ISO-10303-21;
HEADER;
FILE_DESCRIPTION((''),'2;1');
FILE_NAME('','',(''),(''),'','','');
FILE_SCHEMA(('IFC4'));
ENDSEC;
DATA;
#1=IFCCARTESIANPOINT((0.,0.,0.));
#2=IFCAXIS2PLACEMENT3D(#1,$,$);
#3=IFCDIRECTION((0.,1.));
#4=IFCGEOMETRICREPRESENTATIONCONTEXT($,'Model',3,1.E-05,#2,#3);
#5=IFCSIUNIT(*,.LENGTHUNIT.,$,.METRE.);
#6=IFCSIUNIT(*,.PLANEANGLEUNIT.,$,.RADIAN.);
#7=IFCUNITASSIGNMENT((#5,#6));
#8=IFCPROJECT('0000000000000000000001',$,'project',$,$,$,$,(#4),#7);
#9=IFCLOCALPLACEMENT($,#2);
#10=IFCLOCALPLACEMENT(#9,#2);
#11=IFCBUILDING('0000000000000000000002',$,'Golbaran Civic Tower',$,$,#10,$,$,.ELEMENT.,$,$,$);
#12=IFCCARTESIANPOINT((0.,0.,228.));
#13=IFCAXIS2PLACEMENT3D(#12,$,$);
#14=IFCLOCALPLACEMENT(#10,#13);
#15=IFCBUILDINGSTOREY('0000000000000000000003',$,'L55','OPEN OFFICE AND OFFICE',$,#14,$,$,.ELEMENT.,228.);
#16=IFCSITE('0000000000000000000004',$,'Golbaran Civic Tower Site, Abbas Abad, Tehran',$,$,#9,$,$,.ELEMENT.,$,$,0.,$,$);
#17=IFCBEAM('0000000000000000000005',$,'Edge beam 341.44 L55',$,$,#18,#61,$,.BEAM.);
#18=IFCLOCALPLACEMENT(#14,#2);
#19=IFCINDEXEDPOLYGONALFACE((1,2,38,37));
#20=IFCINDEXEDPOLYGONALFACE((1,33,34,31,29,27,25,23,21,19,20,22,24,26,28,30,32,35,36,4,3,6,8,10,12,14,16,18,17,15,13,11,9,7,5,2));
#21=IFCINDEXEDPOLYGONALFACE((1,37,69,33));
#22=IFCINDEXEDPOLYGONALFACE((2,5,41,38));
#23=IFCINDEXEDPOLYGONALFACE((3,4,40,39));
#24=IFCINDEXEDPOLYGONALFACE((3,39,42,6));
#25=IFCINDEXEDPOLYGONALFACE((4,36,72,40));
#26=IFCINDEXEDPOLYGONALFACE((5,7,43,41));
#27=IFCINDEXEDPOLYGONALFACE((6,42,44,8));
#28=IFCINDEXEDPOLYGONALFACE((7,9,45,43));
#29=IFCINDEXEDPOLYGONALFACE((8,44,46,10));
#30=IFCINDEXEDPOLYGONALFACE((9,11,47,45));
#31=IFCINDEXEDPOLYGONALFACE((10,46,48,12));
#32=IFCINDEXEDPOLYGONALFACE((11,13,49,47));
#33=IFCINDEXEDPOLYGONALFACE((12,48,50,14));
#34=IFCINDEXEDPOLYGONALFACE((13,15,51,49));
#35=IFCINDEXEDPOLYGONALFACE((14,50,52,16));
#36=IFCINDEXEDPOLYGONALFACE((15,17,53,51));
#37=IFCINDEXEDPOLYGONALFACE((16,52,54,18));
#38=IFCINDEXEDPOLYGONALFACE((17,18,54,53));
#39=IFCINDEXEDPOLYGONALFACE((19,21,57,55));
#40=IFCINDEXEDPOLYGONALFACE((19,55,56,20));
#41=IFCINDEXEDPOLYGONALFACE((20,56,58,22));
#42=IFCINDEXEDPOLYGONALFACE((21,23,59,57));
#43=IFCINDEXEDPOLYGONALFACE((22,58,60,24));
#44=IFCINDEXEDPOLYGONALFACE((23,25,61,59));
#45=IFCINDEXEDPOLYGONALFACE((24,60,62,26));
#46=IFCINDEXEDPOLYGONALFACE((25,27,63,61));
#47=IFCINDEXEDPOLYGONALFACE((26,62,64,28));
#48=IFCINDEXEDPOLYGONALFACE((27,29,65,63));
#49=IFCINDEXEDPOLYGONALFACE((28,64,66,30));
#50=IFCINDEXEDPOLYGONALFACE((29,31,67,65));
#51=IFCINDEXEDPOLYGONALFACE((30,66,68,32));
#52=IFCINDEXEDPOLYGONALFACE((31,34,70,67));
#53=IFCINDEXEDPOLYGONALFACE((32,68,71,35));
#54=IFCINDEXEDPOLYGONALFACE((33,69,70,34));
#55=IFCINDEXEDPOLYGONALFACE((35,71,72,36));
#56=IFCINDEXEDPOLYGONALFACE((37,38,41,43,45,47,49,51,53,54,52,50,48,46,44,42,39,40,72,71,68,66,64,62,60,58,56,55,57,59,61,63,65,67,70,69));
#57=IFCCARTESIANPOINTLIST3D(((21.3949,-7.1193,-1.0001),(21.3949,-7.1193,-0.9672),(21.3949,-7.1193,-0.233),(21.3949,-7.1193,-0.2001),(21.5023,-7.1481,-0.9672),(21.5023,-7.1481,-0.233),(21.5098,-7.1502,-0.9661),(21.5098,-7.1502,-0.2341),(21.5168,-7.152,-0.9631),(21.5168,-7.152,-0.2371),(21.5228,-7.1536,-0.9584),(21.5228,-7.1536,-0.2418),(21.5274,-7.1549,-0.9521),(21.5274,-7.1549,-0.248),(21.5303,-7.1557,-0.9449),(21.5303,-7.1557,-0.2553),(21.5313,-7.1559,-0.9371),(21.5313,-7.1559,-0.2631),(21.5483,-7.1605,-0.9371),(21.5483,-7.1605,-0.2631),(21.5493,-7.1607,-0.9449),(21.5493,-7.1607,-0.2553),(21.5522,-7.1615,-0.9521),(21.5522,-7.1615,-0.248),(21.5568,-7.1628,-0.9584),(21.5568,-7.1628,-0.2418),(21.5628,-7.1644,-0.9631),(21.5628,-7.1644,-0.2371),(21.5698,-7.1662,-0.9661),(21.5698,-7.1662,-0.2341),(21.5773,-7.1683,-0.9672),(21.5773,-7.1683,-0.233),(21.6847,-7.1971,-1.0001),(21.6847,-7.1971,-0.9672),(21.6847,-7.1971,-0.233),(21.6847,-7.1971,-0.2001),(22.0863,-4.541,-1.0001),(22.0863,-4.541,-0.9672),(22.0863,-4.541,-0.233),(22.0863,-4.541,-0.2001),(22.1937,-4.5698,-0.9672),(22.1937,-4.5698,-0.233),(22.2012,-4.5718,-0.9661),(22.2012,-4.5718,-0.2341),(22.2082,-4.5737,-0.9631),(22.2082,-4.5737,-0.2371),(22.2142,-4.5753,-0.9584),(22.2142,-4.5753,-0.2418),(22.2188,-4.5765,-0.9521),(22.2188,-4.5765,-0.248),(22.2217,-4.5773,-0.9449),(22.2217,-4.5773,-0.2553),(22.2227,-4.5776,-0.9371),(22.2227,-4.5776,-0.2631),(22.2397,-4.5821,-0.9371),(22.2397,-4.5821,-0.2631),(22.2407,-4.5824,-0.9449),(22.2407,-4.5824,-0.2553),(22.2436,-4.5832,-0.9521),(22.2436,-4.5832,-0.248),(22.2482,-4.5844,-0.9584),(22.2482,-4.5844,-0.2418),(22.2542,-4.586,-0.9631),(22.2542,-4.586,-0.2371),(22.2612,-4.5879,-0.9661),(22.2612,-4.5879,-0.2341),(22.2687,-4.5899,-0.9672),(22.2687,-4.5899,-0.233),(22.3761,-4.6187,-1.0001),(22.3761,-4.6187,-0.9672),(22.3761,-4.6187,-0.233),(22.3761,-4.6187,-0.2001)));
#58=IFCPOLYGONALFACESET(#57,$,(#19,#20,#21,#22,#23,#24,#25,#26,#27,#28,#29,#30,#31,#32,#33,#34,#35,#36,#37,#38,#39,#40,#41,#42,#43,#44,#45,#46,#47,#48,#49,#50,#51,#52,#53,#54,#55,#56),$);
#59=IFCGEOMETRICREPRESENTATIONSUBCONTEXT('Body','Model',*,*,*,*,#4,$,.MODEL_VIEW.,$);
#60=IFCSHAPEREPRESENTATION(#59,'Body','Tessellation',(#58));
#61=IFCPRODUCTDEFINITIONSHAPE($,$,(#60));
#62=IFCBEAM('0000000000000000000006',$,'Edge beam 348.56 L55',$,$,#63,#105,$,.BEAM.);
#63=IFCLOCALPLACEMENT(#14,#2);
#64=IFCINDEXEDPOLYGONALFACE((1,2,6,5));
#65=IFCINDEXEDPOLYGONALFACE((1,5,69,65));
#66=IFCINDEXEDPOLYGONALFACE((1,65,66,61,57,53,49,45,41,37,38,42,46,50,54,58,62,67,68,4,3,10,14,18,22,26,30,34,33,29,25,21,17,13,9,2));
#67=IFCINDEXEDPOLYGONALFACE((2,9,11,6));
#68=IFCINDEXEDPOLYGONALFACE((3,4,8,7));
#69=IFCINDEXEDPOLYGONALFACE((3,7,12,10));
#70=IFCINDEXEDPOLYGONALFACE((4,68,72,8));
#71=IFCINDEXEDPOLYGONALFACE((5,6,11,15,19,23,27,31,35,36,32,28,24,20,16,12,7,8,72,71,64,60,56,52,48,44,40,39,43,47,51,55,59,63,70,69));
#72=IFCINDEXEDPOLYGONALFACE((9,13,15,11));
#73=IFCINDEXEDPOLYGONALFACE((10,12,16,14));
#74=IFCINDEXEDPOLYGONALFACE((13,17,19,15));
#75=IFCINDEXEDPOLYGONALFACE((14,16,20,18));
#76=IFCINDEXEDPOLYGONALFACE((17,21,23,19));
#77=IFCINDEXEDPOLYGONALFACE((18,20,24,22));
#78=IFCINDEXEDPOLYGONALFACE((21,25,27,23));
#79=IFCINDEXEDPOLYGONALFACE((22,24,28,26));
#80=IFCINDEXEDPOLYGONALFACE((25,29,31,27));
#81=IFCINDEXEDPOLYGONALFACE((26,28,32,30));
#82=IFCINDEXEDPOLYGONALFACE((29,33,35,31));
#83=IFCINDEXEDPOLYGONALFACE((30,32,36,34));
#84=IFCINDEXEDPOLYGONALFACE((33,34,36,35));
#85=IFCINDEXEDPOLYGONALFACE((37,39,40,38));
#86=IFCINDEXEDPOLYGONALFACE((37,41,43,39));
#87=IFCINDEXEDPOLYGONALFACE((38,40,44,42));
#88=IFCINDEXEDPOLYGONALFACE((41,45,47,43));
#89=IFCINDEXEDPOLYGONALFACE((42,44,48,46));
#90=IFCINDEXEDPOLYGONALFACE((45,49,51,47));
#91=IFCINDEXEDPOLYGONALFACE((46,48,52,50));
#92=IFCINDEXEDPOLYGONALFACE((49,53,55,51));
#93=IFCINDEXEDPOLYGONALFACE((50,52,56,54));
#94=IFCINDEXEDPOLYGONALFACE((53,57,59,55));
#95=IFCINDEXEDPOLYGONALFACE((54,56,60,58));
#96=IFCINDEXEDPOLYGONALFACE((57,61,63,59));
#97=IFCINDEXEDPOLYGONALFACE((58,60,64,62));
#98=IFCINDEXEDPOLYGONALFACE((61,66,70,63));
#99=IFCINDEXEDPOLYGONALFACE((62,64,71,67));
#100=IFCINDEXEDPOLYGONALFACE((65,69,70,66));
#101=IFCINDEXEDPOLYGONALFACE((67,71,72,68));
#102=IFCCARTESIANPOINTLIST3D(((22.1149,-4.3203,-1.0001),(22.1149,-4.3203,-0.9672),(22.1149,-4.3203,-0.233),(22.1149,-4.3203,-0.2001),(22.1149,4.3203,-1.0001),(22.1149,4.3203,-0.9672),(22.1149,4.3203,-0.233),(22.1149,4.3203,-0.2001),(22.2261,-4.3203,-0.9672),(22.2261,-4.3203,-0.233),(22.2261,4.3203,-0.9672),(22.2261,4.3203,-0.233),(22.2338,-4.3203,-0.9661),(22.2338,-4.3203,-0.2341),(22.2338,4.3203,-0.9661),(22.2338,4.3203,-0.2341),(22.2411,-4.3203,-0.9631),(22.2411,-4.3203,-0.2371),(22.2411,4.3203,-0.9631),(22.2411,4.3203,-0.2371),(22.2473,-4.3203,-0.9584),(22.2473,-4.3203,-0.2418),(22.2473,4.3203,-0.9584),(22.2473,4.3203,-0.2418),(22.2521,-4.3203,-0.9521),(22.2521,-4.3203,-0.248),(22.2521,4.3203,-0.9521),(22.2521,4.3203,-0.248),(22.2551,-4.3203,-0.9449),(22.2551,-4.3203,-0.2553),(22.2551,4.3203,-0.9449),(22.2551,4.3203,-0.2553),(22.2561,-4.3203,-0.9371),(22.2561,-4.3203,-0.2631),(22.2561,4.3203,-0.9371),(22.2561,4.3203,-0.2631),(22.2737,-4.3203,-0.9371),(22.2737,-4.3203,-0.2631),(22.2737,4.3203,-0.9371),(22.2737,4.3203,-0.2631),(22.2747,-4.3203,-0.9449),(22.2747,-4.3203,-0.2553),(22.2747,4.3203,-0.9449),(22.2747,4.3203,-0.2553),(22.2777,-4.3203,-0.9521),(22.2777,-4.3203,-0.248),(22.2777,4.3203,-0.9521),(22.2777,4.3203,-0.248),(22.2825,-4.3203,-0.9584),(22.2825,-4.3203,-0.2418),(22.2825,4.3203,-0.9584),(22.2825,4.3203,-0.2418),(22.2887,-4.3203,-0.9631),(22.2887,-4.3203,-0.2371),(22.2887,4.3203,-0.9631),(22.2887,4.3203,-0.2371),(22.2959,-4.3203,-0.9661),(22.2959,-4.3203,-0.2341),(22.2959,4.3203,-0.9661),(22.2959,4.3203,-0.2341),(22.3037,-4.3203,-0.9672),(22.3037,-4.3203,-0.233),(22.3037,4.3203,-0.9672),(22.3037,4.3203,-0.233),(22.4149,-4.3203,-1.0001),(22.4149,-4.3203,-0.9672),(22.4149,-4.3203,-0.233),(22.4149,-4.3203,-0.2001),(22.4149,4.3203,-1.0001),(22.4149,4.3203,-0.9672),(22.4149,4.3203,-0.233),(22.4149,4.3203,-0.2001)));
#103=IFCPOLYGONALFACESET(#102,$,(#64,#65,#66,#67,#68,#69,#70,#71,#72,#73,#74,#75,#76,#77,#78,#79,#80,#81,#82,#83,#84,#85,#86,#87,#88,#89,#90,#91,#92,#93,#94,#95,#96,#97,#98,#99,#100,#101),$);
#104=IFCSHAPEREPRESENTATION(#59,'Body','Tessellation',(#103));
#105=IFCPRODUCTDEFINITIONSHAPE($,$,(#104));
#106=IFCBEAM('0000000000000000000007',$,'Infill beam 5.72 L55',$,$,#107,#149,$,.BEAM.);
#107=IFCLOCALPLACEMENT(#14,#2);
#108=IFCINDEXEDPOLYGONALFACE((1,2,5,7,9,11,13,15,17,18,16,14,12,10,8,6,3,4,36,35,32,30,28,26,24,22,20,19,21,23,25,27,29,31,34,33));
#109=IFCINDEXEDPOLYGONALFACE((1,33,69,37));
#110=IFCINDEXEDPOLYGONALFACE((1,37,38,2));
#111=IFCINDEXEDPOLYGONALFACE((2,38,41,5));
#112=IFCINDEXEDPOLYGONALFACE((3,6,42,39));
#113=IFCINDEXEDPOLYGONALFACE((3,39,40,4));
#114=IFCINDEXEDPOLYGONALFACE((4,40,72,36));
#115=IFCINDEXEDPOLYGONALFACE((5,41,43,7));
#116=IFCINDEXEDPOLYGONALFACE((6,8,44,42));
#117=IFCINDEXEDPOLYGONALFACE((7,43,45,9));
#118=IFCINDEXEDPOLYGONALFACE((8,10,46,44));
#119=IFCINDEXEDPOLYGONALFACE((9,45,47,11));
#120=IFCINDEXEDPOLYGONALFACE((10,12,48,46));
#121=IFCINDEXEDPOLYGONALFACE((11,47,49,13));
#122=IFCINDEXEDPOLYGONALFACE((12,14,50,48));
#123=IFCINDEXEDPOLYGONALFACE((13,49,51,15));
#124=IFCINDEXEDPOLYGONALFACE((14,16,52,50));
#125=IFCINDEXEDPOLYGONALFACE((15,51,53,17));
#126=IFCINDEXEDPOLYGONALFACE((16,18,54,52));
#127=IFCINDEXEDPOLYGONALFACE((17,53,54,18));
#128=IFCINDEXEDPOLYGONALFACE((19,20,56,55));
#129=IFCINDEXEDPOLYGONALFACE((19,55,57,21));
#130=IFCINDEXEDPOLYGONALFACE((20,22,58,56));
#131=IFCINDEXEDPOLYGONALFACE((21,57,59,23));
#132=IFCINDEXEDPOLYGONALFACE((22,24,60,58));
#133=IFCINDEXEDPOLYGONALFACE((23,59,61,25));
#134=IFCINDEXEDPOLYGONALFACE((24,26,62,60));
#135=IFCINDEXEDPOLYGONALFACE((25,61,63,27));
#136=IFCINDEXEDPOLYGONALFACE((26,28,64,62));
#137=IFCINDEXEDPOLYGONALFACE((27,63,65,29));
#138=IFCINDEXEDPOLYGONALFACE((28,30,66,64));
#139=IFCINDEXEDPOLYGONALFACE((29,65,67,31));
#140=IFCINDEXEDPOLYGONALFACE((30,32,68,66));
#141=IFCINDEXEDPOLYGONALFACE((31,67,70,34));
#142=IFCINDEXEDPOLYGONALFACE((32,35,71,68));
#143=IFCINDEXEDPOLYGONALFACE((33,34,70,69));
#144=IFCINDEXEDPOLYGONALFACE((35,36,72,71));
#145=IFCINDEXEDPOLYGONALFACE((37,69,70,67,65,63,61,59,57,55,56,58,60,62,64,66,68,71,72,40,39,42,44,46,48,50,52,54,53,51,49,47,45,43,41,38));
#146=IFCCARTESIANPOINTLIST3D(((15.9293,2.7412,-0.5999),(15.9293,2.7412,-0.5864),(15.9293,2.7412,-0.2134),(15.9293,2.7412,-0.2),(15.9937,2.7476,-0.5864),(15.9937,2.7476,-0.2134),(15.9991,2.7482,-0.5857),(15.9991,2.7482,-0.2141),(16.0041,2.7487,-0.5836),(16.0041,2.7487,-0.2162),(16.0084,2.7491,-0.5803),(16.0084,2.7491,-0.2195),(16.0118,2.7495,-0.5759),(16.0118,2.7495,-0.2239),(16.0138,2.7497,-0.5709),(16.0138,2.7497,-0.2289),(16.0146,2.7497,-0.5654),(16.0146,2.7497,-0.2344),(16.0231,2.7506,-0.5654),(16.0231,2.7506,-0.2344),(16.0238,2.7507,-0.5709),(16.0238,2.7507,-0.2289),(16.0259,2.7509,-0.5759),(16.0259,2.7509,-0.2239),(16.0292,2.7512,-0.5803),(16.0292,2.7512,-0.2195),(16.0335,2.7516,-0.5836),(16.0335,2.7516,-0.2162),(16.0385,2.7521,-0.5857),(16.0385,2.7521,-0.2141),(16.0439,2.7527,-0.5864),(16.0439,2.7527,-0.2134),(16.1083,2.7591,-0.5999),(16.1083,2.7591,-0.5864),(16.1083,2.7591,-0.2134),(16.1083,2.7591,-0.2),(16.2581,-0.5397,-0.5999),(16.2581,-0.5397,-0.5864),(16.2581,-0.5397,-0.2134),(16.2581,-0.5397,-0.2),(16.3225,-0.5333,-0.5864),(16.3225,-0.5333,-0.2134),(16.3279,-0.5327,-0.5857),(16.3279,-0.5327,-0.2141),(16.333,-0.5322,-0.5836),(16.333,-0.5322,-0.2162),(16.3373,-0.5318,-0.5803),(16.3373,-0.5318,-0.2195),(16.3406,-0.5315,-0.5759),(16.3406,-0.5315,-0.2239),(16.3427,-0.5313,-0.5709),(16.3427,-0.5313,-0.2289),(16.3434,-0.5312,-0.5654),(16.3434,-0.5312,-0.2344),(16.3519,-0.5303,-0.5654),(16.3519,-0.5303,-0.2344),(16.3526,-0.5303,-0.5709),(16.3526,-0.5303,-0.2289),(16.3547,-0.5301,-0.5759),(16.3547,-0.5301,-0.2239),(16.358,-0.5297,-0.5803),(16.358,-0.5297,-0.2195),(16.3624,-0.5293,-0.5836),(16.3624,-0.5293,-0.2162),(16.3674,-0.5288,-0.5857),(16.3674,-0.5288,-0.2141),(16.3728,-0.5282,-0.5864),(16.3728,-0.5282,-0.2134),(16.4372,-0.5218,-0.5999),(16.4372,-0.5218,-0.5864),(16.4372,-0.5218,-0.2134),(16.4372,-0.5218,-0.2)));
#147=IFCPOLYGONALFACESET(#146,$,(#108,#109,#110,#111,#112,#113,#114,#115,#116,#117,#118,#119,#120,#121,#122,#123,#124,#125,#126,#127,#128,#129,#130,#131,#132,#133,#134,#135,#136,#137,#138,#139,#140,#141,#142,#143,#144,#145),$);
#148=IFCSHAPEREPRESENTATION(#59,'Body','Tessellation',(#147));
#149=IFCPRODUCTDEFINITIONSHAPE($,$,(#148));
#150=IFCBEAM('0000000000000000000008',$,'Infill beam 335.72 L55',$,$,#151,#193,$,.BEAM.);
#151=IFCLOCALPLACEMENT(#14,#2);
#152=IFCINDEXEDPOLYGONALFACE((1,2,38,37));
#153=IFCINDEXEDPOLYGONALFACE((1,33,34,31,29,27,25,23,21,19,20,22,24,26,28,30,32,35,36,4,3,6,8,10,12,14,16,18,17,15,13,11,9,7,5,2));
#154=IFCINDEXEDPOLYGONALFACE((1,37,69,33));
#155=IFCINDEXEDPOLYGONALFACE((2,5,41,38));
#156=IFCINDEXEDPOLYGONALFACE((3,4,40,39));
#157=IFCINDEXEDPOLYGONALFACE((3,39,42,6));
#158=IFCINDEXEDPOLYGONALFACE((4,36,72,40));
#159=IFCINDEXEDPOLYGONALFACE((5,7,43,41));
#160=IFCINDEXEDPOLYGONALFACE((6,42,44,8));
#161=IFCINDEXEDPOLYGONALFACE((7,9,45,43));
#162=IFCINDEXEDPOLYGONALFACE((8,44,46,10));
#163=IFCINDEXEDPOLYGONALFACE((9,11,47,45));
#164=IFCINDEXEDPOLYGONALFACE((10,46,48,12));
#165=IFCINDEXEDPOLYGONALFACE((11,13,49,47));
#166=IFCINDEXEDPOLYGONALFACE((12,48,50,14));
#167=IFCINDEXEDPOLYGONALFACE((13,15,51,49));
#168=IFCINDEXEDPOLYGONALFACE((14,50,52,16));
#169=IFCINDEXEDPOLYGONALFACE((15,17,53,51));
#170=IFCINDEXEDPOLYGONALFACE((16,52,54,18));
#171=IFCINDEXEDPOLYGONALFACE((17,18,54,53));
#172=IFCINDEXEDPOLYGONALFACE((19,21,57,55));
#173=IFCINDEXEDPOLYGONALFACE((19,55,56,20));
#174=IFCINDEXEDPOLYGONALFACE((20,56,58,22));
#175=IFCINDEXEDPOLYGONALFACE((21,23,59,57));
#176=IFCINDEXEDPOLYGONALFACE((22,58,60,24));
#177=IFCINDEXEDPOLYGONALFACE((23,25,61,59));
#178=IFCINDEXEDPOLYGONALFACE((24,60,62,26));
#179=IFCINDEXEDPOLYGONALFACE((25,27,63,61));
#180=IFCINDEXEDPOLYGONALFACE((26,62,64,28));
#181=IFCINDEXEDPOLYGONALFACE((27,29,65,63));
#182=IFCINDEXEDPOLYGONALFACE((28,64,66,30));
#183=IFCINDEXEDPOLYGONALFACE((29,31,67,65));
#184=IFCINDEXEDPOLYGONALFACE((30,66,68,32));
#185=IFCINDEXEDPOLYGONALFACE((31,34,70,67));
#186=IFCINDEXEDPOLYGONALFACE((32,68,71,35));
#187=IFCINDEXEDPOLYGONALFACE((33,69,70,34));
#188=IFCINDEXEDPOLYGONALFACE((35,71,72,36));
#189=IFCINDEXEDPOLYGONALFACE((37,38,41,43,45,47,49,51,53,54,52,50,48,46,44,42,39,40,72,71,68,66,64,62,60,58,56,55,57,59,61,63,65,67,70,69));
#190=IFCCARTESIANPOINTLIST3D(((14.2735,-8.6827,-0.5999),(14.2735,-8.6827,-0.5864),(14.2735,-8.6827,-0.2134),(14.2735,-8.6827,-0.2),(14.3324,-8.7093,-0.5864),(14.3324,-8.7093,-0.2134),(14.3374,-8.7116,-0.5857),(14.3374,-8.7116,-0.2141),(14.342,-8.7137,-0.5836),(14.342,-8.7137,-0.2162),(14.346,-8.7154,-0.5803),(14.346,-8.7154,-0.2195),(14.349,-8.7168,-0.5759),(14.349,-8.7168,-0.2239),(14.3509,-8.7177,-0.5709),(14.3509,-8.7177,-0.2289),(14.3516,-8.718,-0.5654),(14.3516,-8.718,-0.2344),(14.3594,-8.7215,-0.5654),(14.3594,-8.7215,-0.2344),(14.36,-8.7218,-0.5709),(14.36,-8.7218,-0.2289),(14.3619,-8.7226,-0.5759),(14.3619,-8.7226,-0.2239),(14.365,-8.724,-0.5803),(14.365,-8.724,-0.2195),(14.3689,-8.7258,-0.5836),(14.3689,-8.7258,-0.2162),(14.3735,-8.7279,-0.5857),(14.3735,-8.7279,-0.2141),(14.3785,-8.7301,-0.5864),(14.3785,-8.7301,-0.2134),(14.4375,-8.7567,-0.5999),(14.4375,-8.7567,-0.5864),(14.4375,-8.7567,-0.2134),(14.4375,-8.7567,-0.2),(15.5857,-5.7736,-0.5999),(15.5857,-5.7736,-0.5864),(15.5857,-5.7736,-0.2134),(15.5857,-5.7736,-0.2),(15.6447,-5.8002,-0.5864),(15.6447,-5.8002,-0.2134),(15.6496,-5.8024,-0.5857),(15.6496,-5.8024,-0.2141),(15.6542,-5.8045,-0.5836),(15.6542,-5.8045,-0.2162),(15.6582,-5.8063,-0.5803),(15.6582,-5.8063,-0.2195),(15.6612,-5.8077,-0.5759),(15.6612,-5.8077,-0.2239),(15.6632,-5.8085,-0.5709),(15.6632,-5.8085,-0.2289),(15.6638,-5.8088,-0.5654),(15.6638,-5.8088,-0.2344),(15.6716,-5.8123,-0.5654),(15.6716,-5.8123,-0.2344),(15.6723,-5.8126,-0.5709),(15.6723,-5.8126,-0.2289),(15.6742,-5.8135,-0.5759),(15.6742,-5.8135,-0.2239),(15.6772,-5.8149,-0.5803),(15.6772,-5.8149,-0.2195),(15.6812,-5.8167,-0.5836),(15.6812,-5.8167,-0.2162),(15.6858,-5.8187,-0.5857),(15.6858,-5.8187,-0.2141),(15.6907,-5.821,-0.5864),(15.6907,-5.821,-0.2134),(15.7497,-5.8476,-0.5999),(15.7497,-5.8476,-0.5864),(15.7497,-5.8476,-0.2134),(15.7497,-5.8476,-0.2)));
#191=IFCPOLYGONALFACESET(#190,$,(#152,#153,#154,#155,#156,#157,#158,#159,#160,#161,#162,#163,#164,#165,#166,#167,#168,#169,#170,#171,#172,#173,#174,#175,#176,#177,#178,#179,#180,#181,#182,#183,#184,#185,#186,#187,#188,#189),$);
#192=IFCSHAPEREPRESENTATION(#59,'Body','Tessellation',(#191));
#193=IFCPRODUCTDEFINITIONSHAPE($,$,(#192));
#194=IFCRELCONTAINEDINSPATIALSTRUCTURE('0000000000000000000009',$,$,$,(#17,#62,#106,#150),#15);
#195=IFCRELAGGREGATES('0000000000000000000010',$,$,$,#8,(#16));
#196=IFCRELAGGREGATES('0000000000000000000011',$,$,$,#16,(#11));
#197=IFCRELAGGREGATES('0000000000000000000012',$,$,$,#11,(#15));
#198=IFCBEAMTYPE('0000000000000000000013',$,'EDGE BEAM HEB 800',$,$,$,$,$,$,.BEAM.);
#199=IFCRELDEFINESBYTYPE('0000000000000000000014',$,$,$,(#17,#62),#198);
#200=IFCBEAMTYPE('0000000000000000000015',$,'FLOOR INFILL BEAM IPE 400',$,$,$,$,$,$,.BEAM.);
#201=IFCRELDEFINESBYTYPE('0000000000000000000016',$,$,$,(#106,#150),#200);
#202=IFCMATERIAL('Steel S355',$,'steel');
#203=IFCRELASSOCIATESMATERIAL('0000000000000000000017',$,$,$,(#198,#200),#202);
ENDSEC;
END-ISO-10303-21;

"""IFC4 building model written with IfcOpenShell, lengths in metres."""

from ifc_helpers import new_model, si_unit, direction, frame, origin, origin_2d, place, context, subcontext, project, spatial, i_section, extrude, material, material_profile, profile_set, type_object, element, save


model = new_model("IFC4")

# Units and contexts
model_context = context("Model", 3, precision=1e-05, world=origin(), true_north=direction((0.0, 1.0)))
body_context = subcontext(model_context, "Body", "Model", "MODEL_VIEW")
ifc_project = project(units=[si_unit("LENGTHUNIT", "METRE"), si_unit("PLANEANGLEUNIT", "RADIAN")], contexts=[model_context])

# Site, building, storey
site_placement = place(None, origin())
site = spatial("IfcSite", under=ifc_project, at=site_placement, Name="Golbaran Civic Tower Site, Abbas Abad, Tehran", CompositionType="ELEMENT", RefElevation=0.0)
building_placement = place(site_placement, origin())
building = spatial("IfcBuilding", under=site, at=building_placement, Name="Golbaran Civic Tower", CompositionType="ELEMENT")
storey_placement = place(building_placement, frame((0.0, 0.0, 228.0)))
storey = spatial("IfcBuildingStorey", under=building, at=storey_placement, Name="L55", Description="OPEN OFFICE AND OFFICE", CompositionType="ELEMENT", Elevation=228.0)

# Beams
ifc_material_1 = material(Name="Steel S355", Category="steel")
ifc_material_profile_1 = material_profile(ifc_material_1, i_section(OverallWidth=0.3, OverallDepth=0.8, WebThickness=0.0176, FlangeThickness=0.033, FilletRadius=0.03, at=origin_2d()), Name="HEB 800")
ifc_profile_set_1 = profile_set([ifc_material_profile_1], Name="Steel S355")
beam_type_1 = type_object("IfcBeamType", Name="EDGE BEAM HEB 800", PredefinedType="BEAM", material=ifc_profile_set_1)
beam_1_placement = place(storey_placement, frame((21.5398, -7.1582, -0.6001), z_axis=(0.259006, 0.965876, 0.0), x_axis=(-0.965876, 0.259006, 0.0)))
element("IfcBeam", 1, at=beam_1_placement, inside=storey, type_object=beam_type_1, Name="Edge beam 341.44 L55", PredefinedType="BEAM", context=body_context, shape_type="SweptSolid", body=[
    extrude(i_section(OverallWidth=0.3, OverallDepth=0.8, WebThickness=0.0176, FlangeThickness=0.033, FilletRadius=0.03, at=origin_2d()), origin(), (0.0, 0.0, 1.0), 2.6694),
])
beam_2_placement = place(storey_placement, frame((22.2649, -4.3203, -0.6001), z_axis=(0.0, 1.0, 0.0), x_axis=(-1.0, 0.0, 0.0)))
element("IfcBeam", 2, at=beam_2_placement, inside=storey, type_object=beam_type_1, Name="Edge beam 348.56 L55", PredefinedType="BEAM", context=body_context, shape_type="SweptSolid", body=[
    extrude(i_section(OverallWidth=0.3, OverallDepth=0.8, WebThickness=0.0176, FlangeThickness=0.033, FilletRadius=0.03, at=origin_2d()), origin(), (0.0, 0.0, 1.0), 8.6406),
])
ifc_material_profile_2 = material_profile(ifc_material_1, i_section(OverallWidth=0.1799, OverallDepth=0.3999, WebThickness=0.0085, FlangeThickness=0.0134, FilletRadius=0.021, at=origin_2d()), Name="IPE 400")
ifc_profile_set_2 = profile_set([ifc_material_profile_2], Name="Steel S355")
beam_type_2 = type_object("IfcBeamType", Name="FLOOR INFILL BEAM IPE 400", PredefinedType="BEAM", material=ifc_profile_set_2)
beam_3_placement = place(storey_placement, frame((16.3477, -0.5308, -0.3999), z_axis=(-0.099731, 0.995014, 0.0), x_axis=(-0.995014, -0.099731, 0.0)))
element("IfcBeam", 3, at=beam_3_placement, inside=storey, type_object=beam_type_2, Name="Infill beam 5.72 L55", PredefinedType="BEAM", context=body_context, shape_type="SweptSolid", body=[
    extrude(i_section(OverallWidth=0.1799, OverallDepth=0.3999, WebThickness=0.0085, FlangeThickness=0.0134, FilletRadius=0.021, at=origin_2d()), origin(), (0.0, 0.0, 1.0), 3.2974),
])
beam_4_placement = place(storey_placement, frame((14.3555, -8.7197, -0.3999), z_axis=(0.411179, 0.911555, 0.0), x_axis=(-0.911555, 0.411179, 0.0)))
element("IfcBeam", 4, at=beam_4_placement, inside=storey, type_object=beam_type_2, Name="Infill beam 335.72 L55", PredefinedType="BEAM", context=body_context, shape_type="SweptSolid", body=[
    extrude(i_section(OverallWidth=0.1799, OverallDepth=0.3999, WebThickness=0.0085, FlangeThickness=0.0134, FilletRadius=0.021, at=origin_2d()), origin(), (0.0, 0.0, 1.0), 3.1914),
])

save(model, "model.ifc")
